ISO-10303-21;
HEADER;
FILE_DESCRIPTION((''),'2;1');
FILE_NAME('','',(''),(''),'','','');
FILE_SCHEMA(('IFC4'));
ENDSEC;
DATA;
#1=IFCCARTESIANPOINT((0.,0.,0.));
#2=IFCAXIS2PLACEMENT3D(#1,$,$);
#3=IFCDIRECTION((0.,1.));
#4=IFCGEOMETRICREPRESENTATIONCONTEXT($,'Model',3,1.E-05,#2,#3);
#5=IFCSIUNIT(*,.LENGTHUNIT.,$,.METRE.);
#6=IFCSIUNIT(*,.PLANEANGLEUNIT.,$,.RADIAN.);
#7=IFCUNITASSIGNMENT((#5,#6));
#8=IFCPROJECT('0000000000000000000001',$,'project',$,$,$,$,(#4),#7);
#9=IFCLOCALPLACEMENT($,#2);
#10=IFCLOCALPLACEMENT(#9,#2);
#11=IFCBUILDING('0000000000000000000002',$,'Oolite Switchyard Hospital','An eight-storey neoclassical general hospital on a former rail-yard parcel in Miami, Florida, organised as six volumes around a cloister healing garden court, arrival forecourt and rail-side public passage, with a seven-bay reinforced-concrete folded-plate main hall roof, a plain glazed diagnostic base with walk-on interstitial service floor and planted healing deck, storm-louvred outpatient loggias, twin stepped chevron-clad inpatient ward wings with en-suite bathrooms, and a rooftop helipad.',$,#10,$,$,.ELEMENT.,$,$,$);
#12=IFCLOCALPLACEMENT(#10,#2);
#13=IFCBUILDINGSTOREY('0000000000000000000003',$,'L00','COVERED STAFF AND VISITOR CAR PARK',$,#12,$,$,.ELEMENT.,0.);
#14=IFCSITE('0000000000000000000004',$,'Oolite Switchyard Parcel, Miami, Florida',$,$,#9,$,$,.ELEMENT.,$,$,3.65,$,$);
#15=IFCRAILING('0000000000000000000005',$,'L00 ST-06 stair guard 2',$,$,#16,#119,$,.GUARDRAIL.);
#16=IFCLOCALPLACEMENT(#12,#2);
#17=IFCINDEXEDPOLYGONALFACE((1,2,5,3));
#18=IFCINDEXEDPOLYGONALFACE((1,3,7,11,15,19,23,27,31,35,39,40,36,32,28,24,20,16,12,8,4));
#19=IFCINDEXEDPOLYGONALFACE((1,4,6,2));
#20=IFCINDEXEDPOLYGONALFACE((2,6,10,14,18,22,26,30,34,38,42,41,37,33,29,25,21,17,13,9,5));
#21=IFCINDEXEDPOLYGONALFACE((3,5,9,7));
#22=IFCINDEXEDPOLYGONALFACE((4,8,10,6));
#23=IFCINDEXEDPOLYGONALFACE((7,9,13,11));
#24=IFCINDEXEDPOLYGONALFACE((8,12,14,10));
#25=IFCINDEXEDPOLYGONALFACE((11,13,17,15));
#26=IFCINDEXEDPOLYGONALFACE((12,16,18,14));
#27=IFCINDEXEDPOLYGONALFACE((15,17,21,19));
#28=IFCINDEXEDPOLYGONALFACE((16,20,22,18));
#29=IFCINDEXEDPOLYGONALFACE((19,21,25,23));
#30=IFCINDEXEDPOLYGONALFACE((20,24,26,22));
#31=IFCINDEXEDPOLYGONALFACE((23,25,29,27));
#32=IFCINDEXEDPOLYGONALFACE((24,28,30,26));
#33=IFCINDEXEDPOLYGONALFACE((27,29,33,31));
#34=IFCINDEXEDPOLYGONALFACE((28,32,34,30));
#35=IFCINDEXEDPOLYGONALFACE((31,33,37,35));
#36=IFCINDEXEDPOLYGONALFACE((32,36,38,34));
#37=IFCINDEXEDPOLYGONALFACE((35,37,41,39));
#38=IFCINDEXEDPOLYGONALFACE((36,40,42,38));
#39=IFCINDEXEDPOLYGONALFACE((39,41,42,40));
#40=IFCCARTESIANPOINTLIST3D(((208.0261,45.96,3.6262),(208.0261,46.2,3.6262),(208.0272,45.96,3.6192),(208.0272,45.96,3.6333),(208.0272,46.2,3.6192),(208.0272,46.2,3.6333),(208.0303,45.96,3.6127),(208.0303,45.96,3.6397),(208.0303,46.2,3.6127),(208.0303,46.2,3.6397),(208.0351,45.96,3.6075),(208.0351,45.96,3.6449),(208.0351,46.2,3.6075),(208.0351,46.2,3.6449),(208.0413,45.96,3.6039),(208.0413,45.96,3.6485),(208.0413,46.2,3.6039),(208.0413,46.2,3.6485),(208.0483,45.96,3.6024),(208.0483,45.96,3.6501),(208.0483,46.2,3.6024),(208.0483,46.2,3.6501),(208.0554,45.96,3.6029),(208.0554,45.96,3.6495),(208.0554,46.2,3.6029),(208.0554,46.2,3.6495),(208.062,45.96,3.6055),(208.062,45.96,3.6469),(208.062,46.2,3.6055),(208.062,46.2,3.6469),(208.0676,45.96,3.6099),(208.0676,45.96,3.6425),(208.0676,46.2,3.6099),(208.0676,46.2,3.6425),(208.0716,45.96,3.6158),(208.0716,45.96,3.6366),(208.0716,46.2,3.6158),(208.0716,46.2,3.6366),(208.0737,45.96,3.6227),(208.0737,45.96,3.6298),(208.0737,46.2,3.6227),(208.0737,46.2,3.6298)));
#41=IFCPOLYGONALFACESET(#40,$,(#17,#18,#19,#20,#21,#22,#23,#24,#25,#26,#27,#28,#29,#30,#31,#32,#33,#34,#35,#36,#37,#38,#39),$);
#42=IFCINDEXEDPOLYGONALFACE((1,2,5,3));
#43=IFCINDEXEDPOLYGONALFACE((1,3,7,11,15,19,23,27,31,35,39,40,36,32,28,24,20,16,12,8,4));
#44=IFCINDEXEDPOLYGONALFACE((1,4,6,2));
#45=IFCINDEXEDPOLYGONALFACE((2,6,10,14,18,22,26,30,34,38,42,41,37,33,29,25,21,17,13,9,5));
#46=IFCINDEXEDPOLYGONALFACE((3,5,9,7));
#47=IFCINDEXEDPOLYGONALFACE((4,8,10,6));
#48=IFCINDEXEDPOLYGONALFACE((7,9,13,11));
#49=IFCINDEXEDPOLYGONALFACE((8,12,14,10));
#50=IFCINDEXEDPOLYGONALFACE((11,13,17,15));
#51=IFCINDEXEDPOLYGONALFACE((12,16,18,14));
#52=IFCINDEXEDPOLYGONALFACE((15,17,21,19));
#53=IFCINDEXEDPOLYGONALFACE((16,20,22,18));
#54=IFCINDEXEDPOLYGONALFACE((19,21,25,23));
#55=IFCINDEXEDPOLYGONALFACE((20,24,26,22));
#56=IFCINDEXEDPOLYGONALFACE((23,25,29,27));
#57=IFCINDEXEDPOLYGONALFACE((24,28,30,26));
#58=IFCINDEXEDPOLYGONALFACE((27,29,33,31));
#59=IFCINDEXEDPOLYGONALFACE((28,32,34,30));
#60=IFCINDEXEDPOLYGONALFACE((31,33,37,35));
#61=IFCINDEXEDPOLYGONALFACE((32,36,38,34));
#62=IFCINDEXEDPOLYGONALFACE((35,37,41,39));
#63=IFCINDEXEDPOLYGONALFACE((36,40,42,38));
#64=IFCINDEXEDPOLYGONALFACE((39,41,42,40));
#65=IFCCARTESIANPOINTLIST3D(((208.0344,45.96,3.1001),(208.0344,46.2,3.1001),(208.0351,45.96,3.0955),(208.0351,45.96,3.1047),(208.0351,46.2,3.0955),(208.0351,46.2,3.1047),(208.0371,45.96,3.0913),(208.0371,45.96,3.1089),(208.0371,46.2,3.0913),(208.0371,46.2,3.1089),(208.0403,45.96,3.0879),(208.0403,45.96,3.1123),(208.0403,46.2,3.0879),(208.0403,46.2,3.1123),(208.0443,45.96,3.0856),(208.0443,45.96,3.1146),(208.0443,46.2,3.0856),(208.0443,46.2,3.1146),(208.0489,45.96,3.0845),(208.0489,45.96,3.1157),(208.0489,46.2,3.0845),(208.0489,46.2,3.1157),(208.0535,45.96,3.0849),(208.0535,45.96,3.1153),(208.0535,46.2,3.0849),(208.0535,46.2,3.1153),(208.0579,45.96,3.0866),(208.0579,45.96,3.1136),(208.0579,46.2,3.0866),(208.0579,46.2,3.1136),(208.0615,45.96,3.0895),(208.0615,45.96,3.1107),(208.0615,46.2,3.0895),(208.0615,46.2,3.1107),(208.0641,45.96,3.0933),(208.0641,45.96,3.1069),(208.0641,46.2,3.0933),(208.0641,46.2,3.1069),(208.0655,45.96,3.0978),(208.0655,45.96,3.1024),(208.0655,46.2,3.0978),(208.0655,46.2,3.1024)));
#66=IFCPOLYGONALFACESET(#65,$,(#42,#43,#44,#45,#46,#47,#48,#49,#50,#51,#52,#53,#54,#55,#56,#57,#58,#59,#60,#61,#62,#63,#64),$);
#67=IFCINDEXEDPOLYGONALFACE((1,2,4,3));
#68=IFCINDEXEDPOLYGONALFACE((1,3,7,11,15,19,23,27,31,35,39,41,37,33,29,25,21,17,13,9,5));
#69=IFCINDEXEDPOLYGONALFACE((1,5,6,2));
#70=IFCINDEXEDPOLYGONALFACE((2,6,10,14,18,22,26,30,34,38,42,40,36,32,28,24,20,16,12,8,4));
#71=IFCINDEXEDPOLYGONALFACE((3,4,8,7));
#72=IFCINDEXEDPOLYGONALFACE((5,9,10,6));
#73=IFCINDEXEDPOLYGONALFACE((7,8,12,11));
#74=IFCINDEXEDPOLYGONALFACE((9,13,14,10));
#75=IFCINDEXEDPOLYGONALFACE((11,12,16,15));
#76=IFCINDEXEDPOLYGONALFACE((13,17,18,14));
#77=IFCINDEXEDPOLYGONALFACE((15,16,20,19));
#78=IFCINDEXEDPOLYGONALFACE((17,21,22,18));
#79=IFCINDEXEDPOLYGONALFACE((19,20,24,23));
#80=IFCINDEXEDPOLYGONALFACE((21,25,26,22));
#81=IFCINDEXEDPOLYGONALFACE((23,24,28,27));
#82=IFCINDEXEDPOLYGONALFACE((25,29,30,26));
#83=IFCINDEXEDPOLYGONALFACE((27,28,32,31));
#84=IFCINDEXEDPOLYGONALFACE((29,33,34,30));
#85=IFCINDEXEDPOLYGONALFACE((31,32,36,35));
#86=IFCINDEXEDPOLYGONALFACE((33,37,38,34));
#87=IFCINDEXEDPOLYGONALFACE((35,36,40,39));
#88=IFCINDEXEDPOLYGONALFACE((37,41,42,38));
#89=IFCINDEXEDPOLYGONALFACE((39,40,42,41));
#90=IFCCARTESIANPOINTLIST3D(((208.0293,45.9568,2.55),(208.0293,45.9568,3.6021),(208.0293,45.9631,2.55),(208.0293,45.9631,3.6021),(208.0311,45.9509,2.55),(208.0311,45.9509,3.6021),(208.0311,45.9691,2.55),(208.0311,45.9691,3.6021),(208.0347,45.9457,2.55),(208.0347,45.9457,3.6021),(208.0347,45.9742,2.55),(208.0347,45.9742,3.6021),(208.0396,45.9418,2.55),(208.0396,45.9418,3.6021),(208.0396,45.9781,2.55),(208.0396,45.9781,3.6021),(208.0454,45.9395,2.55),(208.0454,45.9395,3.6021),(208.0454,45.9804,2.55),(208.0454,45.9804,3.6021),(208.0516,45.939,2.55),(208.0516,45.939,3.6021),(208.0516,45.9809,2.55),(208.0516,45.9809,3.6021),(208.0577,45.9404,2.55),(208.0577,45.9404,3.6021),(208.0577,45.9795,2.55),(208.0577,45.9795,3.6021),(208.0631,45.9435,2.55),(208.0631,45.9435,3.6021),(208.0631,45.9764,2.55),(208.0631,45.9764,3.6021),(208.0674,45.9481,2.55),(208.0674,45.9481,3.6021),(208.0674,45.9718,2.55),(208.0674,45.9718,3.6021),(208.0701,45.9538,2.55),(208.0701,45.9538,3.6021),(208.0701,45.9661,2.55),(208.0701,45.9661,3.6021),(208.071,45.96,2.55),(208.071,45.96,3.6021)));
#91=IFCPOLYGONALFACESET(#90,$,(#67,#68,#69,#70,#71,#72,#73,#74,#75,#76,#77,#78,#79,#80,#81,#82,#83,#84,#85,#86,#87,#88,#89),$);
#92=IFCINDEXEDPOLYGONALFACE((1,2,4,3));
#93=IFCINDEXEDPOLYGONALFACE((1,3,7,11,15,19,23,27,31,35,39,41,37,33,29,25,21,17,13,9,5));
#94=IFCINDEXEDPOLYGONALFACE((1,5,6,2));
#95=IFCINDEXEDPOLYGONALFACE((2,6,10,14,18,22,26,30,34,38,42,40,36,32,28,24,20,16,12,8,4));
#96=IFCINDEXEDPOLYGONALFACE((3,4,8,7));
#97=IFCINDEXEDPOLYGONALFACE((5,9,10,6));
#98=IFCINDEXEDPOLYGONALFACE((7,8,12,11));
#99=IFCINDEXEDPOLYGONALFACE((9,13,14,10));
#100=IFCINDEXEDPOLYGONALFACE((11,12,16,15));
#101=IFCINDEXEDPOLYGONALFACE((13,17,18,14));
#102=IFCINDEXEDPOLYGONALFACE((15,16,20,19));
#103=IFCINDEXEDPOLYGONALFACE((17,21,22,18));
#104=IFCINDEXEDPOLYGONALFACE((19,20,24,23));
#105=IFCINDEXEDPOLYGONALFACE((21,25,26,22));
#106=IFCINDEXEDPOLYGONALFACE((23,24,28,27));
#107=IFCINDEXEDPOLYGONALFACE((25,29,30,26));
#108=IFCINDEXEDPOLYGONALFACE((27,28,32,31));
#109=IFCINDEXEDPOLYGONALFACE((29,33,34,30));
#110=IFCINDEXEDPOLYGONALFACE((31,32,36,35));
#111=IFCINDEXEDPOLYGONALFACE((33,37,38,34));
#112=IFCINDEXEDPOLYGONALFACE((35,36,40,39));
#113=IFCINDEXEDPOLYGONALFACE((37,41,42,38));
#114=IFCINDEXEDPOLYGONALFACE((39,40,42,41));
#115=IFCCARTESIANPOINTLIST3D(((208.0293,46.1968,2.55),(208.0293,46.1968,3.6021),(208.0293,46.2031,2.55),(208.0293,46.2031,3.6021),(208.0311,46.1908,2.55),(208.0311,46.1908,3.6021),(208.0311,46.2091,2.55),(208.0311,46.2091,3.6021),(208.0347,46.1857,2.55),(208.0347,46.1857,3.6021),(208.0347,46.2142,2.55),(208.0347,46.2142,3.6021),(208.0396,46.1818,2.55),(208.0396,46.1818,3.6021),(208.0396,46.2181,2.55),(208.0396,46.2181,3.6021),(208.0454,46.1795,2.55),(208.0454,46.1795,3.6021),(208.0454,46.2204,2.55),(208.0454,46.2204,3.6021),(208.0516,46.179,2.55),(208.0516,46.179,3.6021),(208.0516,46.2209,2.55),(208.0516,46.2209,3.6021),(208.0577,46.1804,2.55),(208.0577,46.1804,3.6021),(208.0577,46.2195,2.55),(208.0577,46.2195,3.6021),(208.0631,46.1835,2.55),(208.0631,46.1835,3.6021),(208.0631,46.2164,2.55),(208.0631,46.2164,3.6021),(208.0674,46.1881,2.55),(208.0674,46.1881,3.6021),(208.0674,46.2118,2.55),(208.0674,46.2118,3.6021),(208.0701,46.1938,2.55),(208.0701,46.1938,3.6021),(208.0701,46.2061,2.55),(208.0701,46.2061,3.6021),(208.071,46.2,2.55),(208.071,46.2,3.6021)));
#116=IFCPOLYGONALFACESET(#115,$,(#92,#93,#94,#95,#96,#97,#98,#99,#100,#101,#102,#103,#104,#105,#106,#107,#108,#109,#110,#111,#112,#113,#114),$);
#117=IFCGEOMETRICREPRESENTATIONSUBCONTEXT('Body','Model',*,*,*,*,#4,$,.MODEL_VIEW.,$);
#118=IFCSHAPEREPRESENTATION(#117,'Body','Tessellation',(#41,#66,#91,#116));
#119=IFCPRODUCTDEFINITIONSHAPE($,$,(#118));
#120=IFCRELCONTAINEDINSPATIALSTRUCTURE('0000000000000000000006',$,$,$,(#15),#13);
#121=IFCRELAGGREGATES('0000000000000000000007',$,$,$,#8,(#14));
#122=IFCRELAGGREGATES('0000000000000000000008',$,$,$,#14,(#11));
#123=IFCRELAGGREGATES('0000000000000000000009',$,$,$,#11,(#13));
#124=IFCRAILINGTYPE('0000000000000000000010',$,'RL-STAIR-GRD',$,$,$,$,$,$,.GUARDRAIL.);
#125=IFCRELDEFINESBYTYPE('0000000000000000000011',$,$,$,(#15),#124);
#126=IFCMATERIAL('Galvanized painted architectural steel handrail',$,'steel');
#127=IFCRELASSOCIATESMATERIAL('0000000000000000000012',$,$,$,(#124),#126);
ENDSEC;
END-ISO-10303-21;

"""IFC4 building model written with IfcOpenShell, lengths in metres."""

from ifc_helpers import new_model, si_unit, direction, frame, origin, origin_2d, place, context, subcontext, project, spatial, circle, extrude, material, type_object, element, save


model = new_model("IFC4")

# Units and contexts
model_context = context("Model", 3, precision=1e-05, world=origin(), true_north=direction((0.0, 1.0)))
body_context = subcontext(model_context, "Body", "Model", "MODEL_VIEW")
ifc_project = project(units=[si_unit("LENGTHUNIT", "METRE"), si_unit("PLANEANGLEUNIT", "RADIAN")], contexts=[model_context])

# Site, building, storey
site_placement = place(None, origin())
site = spatial("IfcSite", under=ifc_project, at=site_placement, Name="Oolite Switchyard Parcel, Miami, Florida", CompositionType="ELEMENT", RefElevation=3.65)
building_placement = place(site_placement, origin())
building = spatial("IfcBuilding", under=site, at=building_placement, Name="Oolite Switchyard Hospital", Description="An eight-storey neoclassical general hospital on a former rail-yard parcel in Miami, Florida, organised as six volumes around a cloister healing garden court, arrival forecourt and rail-side public passage, with a seven-bay reinforced-concrete folded-plate main hall roof, a plain glazed diagnostic base with walk-on interstitial service floor and planted healing deck, storm-louvred outpatient loggias, twin stepped chevron-clad inpatient ward wings with en-suite bathrooms, and a rooftop helipad.", CompositionType="ELEMENT")
storey_placement = place(building_placement, origin())
storey = spatial("IfcBuildingStorey", under=building, at=storey_placement, Name="L00", Description="COVERED STAFF AND VISITOR CAR PARK", CompositionType="ELEMENT", Elevation=0.0)

# Railing
ifc_material_1 = material(Name="Galvanized painted architectural steel handrail", Category="steel")
railing_type_1 = type_object("IfcRailingType", Name="RL-STAIR-GRD", PredefinedType="GUARDRAIL", material=ifc_material_1)
railing_1_placement = place(storey_placement, frame((208.05, 45.96, 2.55)))
element("IfcRailing", 1, at=railing_1_placement, inside=storey, type_object=railing_type_1, Name="L00 ST-06 stair guard 2", PredefinedType="GUARDRAIL", context=body_context, shape_type="SweptSolid", body=[
    extrude(circle(Radius=0.0239, at=origin_2d()), frame((0.0, 0.0, 1.0762), z_axis=(0.0, 1.0, 0.0), x_axis=(-1.0, 0.0, 0.0)), (0.0, 0.0, 1.0), 0.24),
    extrude(circle(Radius=0.0156, at=origin_2d()), frame((0.0, 0.0, 0.55), z_axis=(0.0, 1.0, 0.0), x_axis=(-1.0, 0.0, 0.0)), (0.0, 0.0, 1.0), 0.24),
    extrude(circle(Radius=0.021, at=origin_2d()), origin(), (0.0, 0.0, 1.0), 1.052),
    extrude(circle(Radius=0.021, at=origin_2d()), frame((0.0, 0.24, 0.0)), (0.0, 0.0, 1.0), 1.052),
])

save(model, "model.ifc")
